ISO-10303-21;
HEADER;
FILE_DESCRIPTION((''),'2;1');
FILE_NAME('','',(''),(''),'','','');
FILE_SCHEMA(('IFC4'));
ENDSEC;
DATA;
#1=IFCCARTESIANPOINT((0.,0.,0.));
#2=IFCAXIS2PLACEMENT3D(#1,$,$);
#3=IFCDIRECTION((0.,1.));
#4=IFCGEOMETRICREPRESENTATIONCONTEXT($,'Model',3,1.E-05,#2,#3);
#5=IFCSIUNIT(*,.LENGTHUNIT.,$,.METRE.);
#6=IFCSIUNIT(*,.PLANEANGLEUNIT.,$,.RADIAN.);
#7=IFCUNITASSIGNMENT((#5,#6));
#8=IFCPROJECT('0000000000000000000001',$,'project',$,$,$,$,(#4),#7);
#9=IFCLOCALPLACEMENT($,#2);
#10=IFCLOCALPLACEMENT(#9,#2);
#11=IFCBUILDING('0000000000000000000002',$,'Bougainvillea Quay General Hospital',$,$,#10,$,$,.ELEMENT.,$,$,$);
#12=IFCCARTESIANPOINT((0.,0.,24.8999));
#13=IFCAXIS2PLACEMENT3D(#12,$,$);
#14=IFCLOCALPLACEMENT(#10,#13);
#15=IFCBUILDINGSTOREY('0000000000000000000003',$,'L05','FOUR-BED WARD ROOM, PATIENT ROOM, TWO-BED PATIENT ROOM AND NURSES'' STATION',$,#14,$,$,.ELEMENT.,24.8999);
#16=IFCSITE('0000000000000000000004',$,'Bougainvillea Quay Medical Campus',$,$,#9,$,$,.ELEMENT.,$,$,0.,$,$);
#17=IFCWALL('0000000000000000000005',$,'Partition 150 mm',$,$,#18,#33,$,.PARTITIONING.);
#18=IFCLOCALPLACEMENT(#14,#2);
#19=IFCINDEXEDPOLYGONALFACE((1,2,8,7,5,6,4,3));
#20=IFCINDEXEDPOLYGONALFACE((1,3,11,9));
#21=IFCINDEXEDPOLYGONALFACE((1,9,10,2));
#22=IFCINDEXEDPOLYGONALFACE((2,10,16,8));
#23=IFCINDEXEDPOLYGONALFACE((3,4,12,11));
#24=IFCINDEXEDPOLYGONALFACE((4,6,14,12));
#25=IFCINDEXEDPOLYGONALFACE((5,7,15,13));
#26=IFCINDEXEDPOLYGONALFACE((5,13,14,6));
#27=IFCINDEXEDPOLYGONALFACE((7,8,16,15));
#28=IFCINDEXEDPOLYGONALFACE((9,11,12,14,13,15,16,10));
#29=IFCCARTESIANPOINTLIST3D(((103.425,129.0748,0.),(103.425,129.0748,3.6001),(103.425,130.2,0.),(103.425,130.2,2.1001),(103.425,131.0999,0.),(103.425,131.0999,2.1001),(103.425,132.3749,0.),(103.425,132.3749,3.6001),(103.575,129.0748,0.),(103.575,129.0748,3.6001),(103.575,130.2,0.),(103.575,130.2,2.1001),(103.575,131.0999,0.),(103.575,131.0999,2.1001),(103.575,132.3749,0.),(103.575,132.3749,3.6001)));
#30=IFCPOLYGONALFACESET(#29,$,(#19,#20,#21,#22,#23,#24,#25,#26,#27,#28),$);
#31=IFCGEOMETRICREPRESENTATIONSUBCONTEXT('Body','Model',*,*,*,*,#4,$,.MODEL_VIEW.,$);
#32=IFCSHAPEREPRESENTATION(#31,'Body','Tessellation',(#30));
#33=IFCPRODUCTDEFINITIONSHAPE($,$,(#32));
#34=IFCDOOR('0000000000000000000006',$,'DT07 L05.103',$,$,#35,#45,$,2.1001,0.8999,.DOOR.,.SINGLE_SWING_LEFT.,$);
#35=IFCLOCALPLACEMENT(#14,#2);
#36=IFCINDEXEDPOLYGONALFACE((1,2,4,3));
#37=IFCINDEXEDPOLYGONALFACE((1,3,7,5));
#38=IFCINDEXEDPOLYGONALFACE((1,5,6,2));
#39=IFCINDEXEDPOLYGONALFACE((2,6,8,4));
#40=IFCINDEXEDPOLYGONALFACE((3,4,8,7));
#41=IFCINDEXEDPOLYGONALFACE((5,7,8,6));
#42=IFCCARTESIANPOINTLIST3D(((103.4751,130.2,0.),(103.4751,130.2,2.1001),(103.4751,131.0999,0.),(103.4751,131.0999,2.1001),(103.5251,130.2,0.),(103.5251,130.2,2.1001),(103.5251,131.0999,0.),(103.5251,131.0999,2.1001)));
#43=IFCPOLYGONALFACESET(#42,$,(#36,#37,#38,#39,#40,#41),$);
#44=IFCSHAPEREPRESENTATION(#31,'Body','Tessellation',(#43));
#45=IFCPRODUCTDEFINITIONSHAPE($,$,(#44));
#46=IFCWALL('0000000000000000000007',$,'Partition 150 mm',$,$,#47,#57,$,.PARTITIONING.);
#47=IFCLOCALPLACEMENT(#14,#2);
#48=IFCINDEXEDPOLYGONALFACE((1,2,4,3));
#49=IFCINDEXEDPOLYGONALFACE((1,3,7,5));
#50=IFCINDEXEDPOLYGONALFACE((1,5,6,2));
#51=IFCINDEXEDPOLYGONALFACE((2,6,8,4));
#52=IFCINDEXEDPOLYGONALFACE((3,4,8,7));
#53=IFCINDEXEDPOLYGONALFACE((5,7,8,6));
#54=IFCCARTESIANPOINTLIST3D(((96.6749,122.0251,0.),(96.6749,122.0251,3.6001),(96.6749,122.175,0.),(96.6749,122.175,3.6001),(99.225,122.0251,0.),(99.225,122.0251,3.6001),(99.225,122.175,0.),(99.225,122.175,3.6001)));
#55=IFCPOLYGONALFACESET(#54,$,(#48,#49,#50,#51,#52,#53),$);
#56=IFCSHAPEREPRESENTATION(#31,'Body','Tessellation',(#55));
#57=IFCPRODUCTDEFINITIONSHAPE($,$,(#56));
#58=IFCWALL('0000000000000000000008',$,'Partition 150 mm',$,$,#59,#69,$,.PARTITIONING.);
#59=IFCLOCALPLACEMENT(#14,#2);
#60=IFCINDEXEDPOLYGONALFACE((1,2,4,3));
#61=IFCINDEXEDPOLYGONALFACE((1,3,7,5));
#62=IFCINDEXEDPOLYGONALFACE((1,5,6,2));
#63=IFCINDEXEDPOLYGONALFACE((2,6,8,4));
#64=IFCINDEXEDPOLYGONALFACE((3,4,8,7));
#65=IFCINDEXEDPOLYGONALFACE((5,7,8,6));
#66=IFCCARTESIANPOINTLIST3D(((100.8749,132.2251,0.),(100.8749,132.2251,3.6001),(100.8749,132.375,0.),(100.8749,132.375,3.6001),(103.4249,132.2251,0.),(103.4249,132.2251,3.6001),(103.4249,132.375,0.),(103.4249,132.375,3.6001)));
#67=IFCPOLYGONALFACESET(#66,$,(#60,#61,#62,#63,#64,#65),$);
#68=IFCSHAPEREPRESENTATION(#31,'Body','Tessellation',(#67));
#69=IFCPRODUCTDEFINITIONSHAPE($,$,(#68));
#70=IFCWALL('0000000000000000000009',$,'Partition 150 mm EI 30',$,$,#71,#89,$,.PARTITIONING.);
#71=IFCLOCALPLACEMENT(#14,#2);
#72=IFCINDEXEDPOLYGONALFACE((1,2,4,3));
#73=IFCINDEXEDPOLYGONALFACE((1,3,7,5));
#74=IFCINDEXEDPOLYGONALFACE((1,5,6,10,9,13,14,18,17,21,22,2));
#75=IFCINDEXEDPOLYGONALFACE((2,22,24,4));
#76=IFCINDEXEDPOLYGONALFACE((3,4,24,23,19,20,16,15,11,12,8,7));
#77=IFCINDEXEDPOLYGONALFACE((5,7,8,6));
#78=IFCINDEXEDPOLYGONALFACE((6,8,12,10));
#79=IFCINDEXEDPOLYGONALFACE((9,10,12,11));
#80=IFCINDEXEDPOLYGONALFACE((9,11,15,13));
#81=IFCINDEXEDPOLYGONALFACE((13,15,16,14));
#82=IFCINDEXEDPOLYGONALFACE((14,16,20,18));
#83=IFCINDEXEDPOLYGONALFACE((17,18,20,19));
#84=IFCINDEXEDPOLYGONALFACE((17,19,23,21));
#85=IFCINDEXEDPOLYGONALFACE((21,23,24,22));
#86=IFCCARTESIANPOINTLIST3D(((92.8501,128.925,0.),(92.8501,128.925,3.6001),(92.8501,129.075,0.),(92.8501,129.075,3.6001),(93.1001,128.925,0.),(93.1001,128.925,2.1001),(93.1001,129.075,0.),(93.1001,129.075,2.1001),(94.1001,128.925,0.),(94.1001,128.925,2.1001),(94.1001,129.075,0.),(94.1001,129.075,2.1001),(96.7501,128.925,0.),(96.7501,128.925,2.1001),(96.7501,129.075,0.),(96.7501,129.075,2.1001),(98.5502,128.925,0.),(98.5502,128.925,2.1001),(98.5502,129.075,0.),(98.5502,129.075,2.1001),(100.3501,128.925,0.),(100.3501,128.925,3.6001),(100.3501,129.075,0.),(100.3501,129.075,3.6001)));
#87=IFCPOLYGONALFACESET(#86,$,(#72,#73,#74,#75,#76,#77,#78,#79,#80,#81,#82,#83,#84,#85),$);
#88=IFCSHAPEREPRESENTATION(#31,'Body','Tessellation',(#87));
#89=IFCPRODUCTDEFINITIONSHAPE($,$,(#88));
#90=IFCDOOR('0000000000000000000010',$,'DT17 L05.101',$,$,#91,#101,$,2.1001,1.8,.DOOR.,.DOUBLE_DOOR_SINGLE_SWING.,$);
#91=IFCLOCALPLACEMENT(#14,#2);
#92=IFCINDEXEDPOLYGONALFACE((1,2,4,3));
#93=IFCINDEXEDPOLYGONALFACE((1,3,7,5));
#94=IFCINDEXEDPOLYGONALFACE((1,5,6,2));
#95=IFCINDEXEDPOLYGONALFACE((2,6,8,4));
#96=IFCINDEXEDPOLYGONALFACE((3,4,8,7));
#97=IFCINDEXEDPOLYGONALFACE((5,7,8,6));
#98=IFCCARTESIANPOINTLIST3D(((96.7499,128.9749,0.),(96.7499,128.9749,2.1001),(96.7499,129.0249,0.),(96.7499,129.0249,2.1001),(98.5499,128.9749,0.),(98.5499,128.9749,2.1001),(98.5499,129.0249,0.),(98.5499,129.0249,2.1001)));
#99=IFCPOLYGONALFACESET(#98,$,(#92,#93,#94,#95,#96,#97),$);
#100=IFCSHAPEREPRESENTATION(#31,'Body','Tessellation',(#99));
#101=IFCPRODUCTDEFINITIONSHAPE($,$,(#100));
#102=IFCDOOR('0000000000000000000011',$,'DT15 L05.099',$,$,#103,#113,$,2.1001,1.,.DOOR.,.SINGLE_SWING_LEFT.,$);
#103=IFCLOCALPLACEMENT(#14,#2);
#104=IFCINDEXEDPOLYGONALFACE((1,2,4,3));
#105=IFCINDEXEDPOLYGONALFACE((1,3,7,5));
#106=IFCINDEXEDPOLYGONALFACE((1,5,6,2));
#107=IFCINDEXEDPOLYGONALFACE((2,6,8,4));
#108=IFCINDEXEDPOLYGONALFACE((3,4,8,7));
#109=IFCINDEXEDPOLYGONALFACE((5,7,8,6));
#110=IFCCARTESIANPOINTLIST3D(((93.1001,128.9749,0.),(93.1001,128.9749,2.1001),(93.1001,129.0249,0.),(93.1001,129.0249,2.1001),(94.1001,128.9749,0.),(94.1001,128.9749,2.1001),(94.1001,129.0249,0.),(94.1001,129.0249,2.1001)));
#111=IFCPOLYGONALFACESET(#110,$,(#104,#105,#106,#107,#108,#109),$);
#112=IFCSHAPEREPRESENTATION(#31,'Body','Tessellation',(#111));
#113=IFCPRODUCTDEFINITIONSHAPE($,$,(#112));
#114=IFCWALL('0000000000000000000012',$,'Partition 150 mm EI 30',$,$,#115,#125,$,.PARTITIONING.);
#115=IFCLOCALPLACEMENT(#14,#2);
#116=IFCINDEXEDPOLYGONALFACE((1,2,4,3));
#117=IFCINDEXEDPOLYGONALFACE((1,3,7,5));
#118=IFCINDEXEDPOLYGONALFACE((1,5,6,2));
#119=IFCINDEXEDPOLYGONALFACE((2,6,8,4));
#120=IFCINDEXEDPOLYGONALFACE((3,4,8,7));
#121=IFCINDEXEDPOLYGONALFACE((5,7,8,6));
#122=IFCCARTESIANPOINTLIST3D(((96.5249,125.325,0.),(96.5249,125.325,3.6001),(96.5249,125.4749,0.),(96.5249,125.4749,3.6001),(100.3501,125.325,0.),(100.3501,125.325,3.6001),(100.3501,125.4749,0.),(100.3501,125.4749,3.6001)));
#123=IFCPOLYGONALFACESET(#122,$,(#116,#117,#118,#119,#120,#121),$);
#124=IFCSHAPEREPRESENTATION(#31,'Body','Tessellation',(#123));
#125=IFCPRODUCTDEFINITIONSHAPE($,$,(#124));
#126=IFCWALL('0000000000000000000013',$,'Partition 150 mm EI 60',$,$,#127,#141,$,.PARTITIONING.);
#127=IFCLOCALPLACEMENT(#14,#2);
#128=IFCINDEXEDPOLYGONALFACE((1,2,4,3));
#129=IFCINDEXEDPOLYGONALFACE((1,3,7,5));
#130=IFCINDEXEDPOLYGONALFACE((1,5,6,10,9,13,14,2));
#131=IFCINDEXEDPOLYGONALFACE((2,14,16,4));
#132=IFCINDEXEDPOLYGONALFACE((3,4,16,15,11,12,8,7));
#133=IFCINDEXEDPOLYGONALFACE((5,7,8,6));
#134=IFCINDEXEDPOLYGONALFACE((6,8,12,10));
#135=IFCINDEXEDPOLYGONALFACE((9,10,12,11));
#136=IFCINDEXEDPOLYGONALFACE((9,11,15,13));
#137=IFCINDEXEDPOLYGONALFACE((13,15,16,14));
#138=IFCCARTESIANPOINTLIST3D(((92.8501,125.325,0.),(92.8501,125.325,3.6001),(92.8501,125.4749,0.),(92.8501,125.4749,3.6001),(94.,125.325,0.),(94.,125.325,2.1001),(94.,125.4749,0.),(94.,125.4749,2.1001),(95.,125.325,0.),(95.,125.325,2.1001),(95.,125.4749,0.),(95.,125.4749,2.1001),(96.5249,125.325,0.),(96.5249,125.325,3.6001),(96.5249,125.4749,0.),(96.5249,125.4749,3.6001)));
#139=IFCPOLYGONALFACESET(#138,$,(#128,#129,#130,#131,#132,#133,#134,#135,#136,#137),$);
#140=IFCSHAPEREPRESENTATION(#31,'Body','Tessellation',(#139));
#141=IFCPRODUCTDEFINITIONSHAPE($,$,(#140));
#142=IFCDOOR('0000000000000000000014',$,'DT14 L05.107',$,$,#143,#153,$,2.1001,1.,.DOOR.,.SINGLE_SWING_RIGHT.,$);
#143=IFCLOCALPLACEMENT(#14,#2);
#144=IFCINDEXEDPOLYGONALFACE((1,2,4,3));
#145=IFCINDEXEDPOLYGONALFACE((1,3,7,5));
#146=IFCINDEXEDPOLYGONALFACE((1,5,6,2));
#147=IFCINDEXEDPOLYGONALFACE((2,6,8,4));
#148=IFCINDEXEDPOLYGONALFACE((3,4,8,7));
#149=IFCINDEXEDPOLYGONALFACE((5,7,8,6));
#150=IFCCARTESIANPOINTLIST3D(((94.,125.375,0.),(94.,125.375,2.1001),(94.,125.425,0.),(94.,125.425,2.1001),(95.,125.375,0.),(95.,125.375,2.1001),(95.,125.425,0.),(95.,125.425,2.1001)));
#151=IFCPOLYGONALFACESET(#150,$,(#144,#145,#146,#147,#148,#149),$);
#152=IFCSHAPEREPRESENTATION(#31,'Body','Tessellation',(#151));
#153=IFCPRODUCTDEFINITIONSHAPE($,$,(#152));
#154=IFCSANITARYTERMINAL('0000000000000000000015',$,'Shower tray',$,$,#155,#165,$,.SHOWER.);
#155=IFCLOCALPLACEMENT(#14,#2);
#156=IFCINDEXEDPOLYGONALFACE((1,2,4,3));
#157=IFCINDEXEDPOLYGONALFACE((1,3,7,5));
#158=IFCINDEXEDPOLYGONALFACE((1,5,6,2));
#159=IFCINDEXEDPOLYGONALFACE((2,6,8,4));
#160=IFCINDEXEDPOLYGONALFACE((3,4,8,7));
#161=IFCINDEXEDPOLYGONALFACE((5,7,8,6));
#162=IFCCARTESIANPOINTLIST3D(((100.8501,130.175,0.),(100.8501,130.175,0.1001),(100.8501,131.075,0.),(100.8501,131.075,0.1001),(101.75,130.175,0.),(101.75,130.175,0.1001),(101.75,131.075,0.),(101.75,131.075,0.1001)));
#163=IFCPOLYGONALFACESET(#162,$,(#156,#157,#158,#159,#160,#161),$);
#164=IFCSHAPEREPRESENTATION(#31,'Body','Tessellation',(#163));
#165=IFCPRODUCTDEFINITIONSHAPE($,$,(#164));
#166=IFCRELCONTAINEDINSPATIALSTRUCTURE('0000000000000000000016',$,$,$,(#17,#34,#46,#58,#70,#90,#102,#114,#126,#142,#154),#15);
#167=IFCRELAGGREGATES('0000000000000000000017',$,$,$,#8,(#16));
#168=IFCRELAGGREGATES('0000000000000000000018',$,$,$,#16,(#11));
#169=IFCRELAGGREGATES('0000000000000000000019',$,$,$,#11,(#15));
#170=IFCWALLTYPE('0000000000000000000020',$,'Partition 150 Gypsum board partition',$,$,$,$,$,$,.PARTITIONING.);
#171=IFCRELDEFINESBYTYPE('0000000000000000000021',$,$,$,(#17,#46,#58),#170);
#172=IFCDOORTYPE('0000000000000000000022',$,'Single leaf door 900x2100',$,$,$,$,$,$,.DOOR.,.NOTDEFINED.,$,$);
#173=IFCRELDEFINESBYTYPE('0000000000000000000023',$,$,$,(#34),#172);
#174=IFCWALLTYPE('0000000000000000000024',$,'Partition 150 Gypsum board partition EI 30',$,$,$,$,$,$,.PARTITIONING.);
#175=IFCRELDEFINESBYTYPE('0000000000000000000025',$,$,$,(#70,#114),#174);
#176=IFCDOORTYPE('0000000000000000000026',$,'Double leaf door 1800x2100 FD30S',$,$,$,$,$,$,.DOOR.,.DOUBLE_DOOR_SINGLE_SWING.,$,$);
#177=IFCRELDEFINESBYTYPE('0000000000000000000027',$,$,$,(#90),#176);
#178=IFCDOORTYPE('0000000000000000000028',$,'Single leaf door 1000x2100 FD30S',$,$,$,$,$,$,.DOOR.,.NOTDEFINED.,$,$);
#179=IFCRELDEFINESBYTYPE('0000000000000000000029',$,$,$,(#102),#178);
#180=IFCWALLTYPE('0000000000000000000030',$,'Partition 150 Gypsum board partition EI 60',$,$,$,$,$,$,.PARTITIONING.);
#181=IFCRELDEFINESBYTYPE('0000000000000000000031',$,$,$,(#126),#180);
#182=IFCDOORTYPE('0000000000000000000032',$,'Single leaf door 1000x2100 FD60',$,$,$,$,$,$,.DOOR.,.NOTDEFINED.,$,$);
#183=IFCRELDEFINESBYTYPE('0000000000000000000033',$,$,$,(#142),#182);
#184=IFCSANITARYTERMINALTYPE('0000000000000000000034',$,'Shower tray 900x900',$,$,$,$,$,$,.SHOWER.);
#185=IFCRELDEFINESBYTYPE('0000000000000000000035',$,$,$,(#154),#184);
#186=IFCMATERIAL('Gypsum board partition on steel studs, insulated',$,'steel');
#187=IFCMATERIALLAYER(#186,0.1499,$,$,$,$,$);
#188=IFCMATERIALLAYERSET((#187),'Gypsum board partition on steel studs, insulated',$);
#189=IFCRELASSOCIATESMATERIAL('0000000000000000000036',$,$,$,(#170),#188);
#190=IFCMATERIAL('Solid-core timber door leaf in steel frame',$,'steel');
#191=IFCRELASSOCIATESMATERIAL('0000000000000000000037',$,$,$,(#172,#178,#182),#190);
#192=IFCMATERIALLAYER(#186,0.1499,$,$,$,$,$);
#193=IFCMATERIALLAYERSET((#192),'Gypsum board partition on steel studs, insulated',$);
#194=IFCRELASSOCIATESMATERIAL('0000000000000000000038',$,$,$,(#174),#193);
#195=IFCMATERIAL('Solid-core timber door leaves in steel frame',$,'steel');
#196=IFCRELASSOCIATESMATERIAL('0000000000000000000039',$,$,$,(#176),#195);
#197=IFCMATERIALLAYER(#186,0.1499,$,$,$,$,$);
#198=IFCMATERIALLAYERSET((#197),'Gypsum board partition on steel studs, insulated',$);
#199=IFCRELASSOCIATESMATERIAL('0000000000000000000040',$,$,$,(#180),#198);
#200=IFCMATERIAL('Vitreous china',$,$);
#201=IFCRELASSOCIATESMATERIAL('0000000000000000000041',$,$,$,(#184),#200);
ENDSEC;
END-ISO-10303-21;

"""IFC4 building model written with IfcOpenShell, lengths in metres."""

from ifc_helpers import new_model, si_unit, direction, frame, frame_2d, origin, origin_2d, place, context, subcontext, project, spatial, rectangle, extrude, material, layer, layer_set, type_object, element, fill, save


model = new_model("IFC4")

# Units and contexts
model_context = context("Model", 3, precision=1e-05, world=origin(), true_north=direction((0.0, 1.0)))
body_context = subcontext(model_context, "Body", "Model", "MODEL_VIEW")
ifc_project = project(units=[si_unit("LENGTHUNIT", "METRE"), si_unit("PLANEANGLEUNIT", "RADIAN")], contexts=[model_context])

# Site, building, storey
site_placement = place(None, origin())
site = spatial("IfcSite", under=ifc_project, at=site_placement, Name="Bougainvillea Quay Medical Campus", CompositionType="ELEMENT", RefElevation=0.0)
building_placement = place(site_placement, origin())
building = spatial("IfcBuilding", under=site, at=building_placement, Name="Bougainvillea Quay General Hospital", CompositionType="ELEMENT")
storey_placement = place(building_placement, frame((0.0, 0.0, 24.8999)))
storey = spatial("IfcBuildingStorey", under=building, at=storey_placement, Name="L05", Description="FOUR-BED WARD ROOM, PATIENT ROOM, TWO-BED PATIENT ROOM AND NURSES' STATION", CompositionType="ELEMENT", Elevation=24.8999)

# Shared definitions
ifc_material_1 = material(Name="Gypsum board partition on steel studs, insulated", Category="steel")
ifc_layer_1 = layer(ifc_material_1, 0.1499)
ifc_layer_set_1 = layer_set([ifc_layer_1], Name="Gypsum board partition on steel studs, insulated")
wall_type_1 = type_object("IfcWallType", Name="Partition 150 Gypsum board partition", PredefinedType="PARTITIONING", material=ifc_layer_set_1)

# Wall, opening, door
ifc_material_2 = material(Name="Solid-core timber door leaf in steel frame", Category="steel")
door_type_1 = type_object("IfcDoorType", Name="Single leaf door 900x2100", OperationType="NOTDEFINED", PredefinedType="DOOR", material=ifc_material_2)
wall_1_placement = place(storey_placement, frame((103.5, 129.075, 0.0), z_axis=(0.0, 0.0, 1.0), x_axis=(0.0, 1.0, 0.0)))
wall_1 = element("IfcWall", 1, at=wall_1_placement, inside=storey, type_object=wall_type_1, Name="Partition 150 mm", PredefinedType="PARTITIONING", context=body_context, shape_type="SweptSolid", body=[
    extrude(rectangle(XDim=3.3, YDim=0.1499, at=frame_2d((1.6499, 0.0))), origin(), (0.0, 0.0, 1.0), 3.6001),
])
opening_1_placement = place(wall_1_placement, frame((1.125, 0.0, 0.0)))
opening_1 = element("IfcOpeningElement", 2, at=opening_1_placement, cuts=wall_1, PredefinedType="OPENING", context=body_context, shape_type="SweptSolid", body=[
    extrude(rectangle(XDim=0.8999, YDim=2.1001, at=frame_2d((0.45, 1.05))), frame((0.0, 0.085, 0.0), z_axis=(0.0, -1.0, 0.0), x_axis=(1.0, 0.0, 0.0)), (0.0, 0.0, 1.0), 0.1699),
])
door_1_placement = place(opening_1_placement, origin())
door_1 = element("IfcDoor", 3, at=door_1_placement, inside=storey, type_object=door_type_1, Name="DT07 L05.103", OperationType="SINGLE_SWING_LEFT", OverallHeight=2.1001, OverallWidth=0.8999, PredefinedType="DOOR", context=body_context, shape_type="SweptSolid", body=[
    extrude(rectangle(XDim=0.8999, YDim=2.1001, at=frame_2d((0.45, 1.05))), frame((0.0, 0.0249, 0.0), z_axis=(0.0, -1.0, 0.0), x_axis=(1.0, 0.0, 0.0)), (0.0, 0.0, 1.0), 0.05),
])
fill(opening_1, door_1)

# Walls
for number, where, z_axis, x_axis, name in (
    (4, (96.675, 122.1001, 0.0), (0.0, 0.0, 1.0), (1.0, 0.0, 0.0), "Partition 150 mm"),
    (5, (100.875, 132.3, 0.0), (0.0, 0.0, 1.0), (1.0, 0.0, 0.0), "Partition 150 mm"),
):
    element("IfcWall", number, at=place(storey_placement, frame(where, z_axis=z_axis, x_axis=x_axis)), inside=storey, type_object=wall_type_1, Name=name, PredefinedType="PARTITIONING", context=body_context, shape_type="SweptSolid", body=[
        extrude(rectangle(XDim=2.55, YDim=0.1499, at=frame_2d((1.2749, 0.0))), origin(), (0.0, 0.0, 1.0), 3.6001),
    ])

# Wall, openings, doors
ifc_layer_2 = layer(ifc_material_1, 0.1499)
ifc_layer_set_2 = layer_set([ifc_layer_2], Name="Gypsum board partition on steel studs, insulated")
wall_type_2 = type_object("IfcWallType", Name="Partition 150 Gypsum board partition EI 30", PredefinedType="PARTITIONING", material=ifc_layer_set_2)
wall_2_placement = place(storey_placement, frame((100.3501, 129.0, 0.0), z_axis=(0.0, 0.0, 1.0), x_axis=(-1.0, 0.0, 0.0)))
wall_2 = element("IfcWall", 6, at=wall_2_placement, inside=storey, type_object=wall_type_2, Name="Partition 150 mm EI 30", PredefinedType="PARTITIONING", context=body_context, shape_type="SweptSolid", body=[
    extrude(rectangle(XDim=7.5, YDim=0.1499, at=frame_2d((3.75, 0.0))), origin(), (0.0, 0.0, 1.0), 3.6001),
])
opening_2_placement = place(wall_2_placement, frame((6.25, 0.0, 0.0)))
opening_2 = element("IfcOpeningElement", 7, at=opening_2_placement, cuts=wall_2, PredefinedType="OPENING", context=body_context, shape_type="SweptSolid", body=[
    extrude(rectangle(XDim=1.0, YDim=2.1001, at=frame_2d((0.5, 1.05))), frame((0.0, 0.085, 0.0), z_axis=(0.0, -1.0, 0.0), x_axis=(1.0, 0.0, 0.0)), (0.0, 0.0, 1.0), 0.1699),
])
opening_3_placement = place(wall_2_placement, frame((1.8, 0.0, 0.0)))
opening_3 = element("IfcOpeningElement", 8, at=opening_3_placement, cuts=wall_2, PredefinedType="OPENING", context=body_context, shape_type="SweptSolid", body=[
    extrude(rectangle(XDim=1.8, YDim=2.1001, at=frame_2d((0.8999, 1.05))), frame((0.0, 0.085, 0.0), z_axis=(0.0, -1.0, 0.0), x_axis=(1.0, 0.0, 0.0)), (0.0, 0.0, 1.0), 0.1699),
])
ifc_material_3 = material(Name="Solid-core timber door leaves in steel frame", Category="steel")
door_type_2 = type_object("IfcDoorType", Name="Double leaf door 1800x2100 FD30S", OperationType="DOUBLE_DOOR_SINGLE_SWING", PredefinedType="DOOR", material=ifc_material_3)
door_2_placement = place(opening_3_placement, frame((1.8, 0.0, 0.0), z_axis=(0.0, 0.0, 1.0), x_axis=(-1.0, 0.0, 0.0)))
door_2 = element("IfcDoor", 9, at=door_2_placement, inside=storey, type_object=door_type_2, Name="DT17 L05.101", OperationType="DOUBLE_DOOR_SINGLE_SWING", OverallHeight=2.1001, OverallWidth=1.8, PredefinedType="DOOR", context=body_context, shape_type="SweptSolid", body=[
    extrude(rectangle(XDim=1.8, YDim=2.1001, at=frame_2d((0.8999, 1.05))), frame((0.0, 0.0249, 0.0), z_axis=(0.0, -1.0, 0.0), x_axis=(1.0, 0.0, 0.0)), (0.0, 0.0, 1.0), 0.05),
])
fill(opening_3, door_2)
door_type_3 = type_object("IfcDoorType", Name="Single leaf door 1000x2100 FD30S", OperationType="NOTDEFINED", PredefinedType="DOOR", material=ifc_material_2)
door_3_placement = place(opening_2_placement, frame((1.0, 0.0, 0.0), z_axis=(0.0, 0.0, 1.0), x_axis=(-1.0, 0.0, 0.0)))
door_3 = element("IfcDoor", 10, at=door_3_placement, inside=storey, type_object=door_type_3, Name="DT15 L05.099", OperationType="SINGLE_SWING_LEFT", OverallHeight=2.1001, OverallWidth=1.0, PredefinedType="DOOR", context=body_context, shape_type="SweptSolid", body=[
    extrude(rectangle(XDim=1.0, YDim=2.1001, at=frame_2d((0.5, 1.05))), frame((0.0, 0.0249, 0.0), z_axis=(0.0, -1.0, 0.0), x_axis=(1.0, 0.0, 0.0)), (0.0, 0.0, 1.0), 0.05),
])
fill(opening_2, door_3)

# Wall
wall_3_placement = place(storey_placement, frame((100.3501, 125.3999, 0.0), z_axis=(0.0, 0.0, 1.0), x_axis=(-1.0, 0.0, 0.0)))
element("IfcWall", 11, at=wall_3_placement, inside=storey, type_object=wall_type_2, Name="Partition 150 mm EI 30", PredefinedType="PARTITIONING", context=body_context, shape_type="SweptSolid", body=[
    extrude(rectangle(XDim=3.8252, YDim=0.1499, at=frame_2d((1.9126, 0.0))), origin(), (0.0, 0.0, 1.0), 3.6001),
])

# Wall, opening, door
ifc_layer_3 = layer(ifc_material_1, 0.1499)
ifc_layer_set_3 = layer_set([ifc_layer_3], Name="Gypsum board partition on steel studs, insulated")
wall_type_3 = type_object("IfcWallType", Name="Partition 150 Gypsum board partition EI 60", PredefinedType="PARTITIONING", material=ifc_layer_set_3)
wall_4_placement = place(storey_placement, frame((92.8501, 125.3999, 0.0), z_axis=(0.0, 0.0, 1.0), x_axis=(1.0, 0.0, 0.0)))
wall_4 = element("IfcWall", 12, at=wall_4_placement, inside=storey, type_object=wall_type_3, Name="Partition 150 mm EI 60", PredefinedType="PARTITIONING", context=body_context, shape_type="SweptSolid", body=[
    extrude(rectangle(XDim=3.6748, YDim=0.1499, at=frame_2d((1.8374, 0.0))), origin(), (0.0, 0.0, 1.0), 3.6001),
])
opening_4_placement = place(wall_4_placement, frame((1.1499, 0.0, 0.0)))
opening_4 = element("IfcOpeningElement", 13, at=opening_4_placement, cuts=wall_4, PredefinedType="OPENING", context=body_context, shape_type="SweptSolid", body=[
    extrude(rectangle(XDim=1.0, YDim=2.1001, at=frame_2d((0.5, 1.05))), frame((0.0, 0.085, 0.0), z_axis=(0.0, -1.0, 0.0), x_axis=(1.0, 0.0, 0.0)), (0.0, 0.0, 1.0), 0.1699),
])
door_type_4 = type_object("IfcDoorType", Name="Single leaf door 1000x2100 FD60", OperationType="NOTDEFINED", PredefinedType="DOOR", material=ifc_material_2)
door_4_placement = place(opening_4_placement, frame((1.0, 0.0, 0.0), z_axis=(0.0, 0.0, 1.0), x_axis=(-1.0, 0.0, 0.0)))
door_4 = element("IfcDoor", 14, at=door_4_placement, inside=storey, type_object=door_type_4, Name="DT14 L05.107", OperationType="SINGLE_SWING_RIGHT", OverallHeight=2.1001, OverallWidth=1.0, PredefinedType="DOOR", context=body_context, shape_type="SweptSolid", body=[
    extrude(rectangle(XDim=1.0, YDim=2.1001, at=frame_2d((0.5, 1.05))), frame((0.0, 0.0249, 0.0), z_axis=(0.0, -1.0, 0.0), x_axis=(1.0, 0.0, 0.0)), (0.0, 0.0, 1.0), 0.05),
])
fill(opening_4, door_4)

# Sanitary terminal
ifc_material_4 = material(Name="Vitreous china")
sanitary_terminal_type_1 = type_object("IfcSanitaryTerminalType", Name="Shower tray 900x900", PredefinedType="SHOWER", material=ifc_material_4)
for number, where, z_axis, x_axis, name in (
    (15, (101.3, 130.625, 0.0), (0.0, 0.0, 1.0), (0.0, 1.0, 0.0), "Shower tray"),
):
    element("IfcSanitaryTerminal", number, at=place(storey_placement, frame(where, z_axis=z_axis, x_axis=x_axis)), inside=storey, type_object=sanitary_terminal_type_1, Name=name, PredefinedType="SHOWER", context=body_context, shape_type="SweptSolid", body=[
        extrude(rectangle(XDim=0.8999, YDim=0.8999, at=origin_2d()), origin(), (0.0, 0.0, 1.0), 0.1001),
    ])

save(model, "model.ifc")
